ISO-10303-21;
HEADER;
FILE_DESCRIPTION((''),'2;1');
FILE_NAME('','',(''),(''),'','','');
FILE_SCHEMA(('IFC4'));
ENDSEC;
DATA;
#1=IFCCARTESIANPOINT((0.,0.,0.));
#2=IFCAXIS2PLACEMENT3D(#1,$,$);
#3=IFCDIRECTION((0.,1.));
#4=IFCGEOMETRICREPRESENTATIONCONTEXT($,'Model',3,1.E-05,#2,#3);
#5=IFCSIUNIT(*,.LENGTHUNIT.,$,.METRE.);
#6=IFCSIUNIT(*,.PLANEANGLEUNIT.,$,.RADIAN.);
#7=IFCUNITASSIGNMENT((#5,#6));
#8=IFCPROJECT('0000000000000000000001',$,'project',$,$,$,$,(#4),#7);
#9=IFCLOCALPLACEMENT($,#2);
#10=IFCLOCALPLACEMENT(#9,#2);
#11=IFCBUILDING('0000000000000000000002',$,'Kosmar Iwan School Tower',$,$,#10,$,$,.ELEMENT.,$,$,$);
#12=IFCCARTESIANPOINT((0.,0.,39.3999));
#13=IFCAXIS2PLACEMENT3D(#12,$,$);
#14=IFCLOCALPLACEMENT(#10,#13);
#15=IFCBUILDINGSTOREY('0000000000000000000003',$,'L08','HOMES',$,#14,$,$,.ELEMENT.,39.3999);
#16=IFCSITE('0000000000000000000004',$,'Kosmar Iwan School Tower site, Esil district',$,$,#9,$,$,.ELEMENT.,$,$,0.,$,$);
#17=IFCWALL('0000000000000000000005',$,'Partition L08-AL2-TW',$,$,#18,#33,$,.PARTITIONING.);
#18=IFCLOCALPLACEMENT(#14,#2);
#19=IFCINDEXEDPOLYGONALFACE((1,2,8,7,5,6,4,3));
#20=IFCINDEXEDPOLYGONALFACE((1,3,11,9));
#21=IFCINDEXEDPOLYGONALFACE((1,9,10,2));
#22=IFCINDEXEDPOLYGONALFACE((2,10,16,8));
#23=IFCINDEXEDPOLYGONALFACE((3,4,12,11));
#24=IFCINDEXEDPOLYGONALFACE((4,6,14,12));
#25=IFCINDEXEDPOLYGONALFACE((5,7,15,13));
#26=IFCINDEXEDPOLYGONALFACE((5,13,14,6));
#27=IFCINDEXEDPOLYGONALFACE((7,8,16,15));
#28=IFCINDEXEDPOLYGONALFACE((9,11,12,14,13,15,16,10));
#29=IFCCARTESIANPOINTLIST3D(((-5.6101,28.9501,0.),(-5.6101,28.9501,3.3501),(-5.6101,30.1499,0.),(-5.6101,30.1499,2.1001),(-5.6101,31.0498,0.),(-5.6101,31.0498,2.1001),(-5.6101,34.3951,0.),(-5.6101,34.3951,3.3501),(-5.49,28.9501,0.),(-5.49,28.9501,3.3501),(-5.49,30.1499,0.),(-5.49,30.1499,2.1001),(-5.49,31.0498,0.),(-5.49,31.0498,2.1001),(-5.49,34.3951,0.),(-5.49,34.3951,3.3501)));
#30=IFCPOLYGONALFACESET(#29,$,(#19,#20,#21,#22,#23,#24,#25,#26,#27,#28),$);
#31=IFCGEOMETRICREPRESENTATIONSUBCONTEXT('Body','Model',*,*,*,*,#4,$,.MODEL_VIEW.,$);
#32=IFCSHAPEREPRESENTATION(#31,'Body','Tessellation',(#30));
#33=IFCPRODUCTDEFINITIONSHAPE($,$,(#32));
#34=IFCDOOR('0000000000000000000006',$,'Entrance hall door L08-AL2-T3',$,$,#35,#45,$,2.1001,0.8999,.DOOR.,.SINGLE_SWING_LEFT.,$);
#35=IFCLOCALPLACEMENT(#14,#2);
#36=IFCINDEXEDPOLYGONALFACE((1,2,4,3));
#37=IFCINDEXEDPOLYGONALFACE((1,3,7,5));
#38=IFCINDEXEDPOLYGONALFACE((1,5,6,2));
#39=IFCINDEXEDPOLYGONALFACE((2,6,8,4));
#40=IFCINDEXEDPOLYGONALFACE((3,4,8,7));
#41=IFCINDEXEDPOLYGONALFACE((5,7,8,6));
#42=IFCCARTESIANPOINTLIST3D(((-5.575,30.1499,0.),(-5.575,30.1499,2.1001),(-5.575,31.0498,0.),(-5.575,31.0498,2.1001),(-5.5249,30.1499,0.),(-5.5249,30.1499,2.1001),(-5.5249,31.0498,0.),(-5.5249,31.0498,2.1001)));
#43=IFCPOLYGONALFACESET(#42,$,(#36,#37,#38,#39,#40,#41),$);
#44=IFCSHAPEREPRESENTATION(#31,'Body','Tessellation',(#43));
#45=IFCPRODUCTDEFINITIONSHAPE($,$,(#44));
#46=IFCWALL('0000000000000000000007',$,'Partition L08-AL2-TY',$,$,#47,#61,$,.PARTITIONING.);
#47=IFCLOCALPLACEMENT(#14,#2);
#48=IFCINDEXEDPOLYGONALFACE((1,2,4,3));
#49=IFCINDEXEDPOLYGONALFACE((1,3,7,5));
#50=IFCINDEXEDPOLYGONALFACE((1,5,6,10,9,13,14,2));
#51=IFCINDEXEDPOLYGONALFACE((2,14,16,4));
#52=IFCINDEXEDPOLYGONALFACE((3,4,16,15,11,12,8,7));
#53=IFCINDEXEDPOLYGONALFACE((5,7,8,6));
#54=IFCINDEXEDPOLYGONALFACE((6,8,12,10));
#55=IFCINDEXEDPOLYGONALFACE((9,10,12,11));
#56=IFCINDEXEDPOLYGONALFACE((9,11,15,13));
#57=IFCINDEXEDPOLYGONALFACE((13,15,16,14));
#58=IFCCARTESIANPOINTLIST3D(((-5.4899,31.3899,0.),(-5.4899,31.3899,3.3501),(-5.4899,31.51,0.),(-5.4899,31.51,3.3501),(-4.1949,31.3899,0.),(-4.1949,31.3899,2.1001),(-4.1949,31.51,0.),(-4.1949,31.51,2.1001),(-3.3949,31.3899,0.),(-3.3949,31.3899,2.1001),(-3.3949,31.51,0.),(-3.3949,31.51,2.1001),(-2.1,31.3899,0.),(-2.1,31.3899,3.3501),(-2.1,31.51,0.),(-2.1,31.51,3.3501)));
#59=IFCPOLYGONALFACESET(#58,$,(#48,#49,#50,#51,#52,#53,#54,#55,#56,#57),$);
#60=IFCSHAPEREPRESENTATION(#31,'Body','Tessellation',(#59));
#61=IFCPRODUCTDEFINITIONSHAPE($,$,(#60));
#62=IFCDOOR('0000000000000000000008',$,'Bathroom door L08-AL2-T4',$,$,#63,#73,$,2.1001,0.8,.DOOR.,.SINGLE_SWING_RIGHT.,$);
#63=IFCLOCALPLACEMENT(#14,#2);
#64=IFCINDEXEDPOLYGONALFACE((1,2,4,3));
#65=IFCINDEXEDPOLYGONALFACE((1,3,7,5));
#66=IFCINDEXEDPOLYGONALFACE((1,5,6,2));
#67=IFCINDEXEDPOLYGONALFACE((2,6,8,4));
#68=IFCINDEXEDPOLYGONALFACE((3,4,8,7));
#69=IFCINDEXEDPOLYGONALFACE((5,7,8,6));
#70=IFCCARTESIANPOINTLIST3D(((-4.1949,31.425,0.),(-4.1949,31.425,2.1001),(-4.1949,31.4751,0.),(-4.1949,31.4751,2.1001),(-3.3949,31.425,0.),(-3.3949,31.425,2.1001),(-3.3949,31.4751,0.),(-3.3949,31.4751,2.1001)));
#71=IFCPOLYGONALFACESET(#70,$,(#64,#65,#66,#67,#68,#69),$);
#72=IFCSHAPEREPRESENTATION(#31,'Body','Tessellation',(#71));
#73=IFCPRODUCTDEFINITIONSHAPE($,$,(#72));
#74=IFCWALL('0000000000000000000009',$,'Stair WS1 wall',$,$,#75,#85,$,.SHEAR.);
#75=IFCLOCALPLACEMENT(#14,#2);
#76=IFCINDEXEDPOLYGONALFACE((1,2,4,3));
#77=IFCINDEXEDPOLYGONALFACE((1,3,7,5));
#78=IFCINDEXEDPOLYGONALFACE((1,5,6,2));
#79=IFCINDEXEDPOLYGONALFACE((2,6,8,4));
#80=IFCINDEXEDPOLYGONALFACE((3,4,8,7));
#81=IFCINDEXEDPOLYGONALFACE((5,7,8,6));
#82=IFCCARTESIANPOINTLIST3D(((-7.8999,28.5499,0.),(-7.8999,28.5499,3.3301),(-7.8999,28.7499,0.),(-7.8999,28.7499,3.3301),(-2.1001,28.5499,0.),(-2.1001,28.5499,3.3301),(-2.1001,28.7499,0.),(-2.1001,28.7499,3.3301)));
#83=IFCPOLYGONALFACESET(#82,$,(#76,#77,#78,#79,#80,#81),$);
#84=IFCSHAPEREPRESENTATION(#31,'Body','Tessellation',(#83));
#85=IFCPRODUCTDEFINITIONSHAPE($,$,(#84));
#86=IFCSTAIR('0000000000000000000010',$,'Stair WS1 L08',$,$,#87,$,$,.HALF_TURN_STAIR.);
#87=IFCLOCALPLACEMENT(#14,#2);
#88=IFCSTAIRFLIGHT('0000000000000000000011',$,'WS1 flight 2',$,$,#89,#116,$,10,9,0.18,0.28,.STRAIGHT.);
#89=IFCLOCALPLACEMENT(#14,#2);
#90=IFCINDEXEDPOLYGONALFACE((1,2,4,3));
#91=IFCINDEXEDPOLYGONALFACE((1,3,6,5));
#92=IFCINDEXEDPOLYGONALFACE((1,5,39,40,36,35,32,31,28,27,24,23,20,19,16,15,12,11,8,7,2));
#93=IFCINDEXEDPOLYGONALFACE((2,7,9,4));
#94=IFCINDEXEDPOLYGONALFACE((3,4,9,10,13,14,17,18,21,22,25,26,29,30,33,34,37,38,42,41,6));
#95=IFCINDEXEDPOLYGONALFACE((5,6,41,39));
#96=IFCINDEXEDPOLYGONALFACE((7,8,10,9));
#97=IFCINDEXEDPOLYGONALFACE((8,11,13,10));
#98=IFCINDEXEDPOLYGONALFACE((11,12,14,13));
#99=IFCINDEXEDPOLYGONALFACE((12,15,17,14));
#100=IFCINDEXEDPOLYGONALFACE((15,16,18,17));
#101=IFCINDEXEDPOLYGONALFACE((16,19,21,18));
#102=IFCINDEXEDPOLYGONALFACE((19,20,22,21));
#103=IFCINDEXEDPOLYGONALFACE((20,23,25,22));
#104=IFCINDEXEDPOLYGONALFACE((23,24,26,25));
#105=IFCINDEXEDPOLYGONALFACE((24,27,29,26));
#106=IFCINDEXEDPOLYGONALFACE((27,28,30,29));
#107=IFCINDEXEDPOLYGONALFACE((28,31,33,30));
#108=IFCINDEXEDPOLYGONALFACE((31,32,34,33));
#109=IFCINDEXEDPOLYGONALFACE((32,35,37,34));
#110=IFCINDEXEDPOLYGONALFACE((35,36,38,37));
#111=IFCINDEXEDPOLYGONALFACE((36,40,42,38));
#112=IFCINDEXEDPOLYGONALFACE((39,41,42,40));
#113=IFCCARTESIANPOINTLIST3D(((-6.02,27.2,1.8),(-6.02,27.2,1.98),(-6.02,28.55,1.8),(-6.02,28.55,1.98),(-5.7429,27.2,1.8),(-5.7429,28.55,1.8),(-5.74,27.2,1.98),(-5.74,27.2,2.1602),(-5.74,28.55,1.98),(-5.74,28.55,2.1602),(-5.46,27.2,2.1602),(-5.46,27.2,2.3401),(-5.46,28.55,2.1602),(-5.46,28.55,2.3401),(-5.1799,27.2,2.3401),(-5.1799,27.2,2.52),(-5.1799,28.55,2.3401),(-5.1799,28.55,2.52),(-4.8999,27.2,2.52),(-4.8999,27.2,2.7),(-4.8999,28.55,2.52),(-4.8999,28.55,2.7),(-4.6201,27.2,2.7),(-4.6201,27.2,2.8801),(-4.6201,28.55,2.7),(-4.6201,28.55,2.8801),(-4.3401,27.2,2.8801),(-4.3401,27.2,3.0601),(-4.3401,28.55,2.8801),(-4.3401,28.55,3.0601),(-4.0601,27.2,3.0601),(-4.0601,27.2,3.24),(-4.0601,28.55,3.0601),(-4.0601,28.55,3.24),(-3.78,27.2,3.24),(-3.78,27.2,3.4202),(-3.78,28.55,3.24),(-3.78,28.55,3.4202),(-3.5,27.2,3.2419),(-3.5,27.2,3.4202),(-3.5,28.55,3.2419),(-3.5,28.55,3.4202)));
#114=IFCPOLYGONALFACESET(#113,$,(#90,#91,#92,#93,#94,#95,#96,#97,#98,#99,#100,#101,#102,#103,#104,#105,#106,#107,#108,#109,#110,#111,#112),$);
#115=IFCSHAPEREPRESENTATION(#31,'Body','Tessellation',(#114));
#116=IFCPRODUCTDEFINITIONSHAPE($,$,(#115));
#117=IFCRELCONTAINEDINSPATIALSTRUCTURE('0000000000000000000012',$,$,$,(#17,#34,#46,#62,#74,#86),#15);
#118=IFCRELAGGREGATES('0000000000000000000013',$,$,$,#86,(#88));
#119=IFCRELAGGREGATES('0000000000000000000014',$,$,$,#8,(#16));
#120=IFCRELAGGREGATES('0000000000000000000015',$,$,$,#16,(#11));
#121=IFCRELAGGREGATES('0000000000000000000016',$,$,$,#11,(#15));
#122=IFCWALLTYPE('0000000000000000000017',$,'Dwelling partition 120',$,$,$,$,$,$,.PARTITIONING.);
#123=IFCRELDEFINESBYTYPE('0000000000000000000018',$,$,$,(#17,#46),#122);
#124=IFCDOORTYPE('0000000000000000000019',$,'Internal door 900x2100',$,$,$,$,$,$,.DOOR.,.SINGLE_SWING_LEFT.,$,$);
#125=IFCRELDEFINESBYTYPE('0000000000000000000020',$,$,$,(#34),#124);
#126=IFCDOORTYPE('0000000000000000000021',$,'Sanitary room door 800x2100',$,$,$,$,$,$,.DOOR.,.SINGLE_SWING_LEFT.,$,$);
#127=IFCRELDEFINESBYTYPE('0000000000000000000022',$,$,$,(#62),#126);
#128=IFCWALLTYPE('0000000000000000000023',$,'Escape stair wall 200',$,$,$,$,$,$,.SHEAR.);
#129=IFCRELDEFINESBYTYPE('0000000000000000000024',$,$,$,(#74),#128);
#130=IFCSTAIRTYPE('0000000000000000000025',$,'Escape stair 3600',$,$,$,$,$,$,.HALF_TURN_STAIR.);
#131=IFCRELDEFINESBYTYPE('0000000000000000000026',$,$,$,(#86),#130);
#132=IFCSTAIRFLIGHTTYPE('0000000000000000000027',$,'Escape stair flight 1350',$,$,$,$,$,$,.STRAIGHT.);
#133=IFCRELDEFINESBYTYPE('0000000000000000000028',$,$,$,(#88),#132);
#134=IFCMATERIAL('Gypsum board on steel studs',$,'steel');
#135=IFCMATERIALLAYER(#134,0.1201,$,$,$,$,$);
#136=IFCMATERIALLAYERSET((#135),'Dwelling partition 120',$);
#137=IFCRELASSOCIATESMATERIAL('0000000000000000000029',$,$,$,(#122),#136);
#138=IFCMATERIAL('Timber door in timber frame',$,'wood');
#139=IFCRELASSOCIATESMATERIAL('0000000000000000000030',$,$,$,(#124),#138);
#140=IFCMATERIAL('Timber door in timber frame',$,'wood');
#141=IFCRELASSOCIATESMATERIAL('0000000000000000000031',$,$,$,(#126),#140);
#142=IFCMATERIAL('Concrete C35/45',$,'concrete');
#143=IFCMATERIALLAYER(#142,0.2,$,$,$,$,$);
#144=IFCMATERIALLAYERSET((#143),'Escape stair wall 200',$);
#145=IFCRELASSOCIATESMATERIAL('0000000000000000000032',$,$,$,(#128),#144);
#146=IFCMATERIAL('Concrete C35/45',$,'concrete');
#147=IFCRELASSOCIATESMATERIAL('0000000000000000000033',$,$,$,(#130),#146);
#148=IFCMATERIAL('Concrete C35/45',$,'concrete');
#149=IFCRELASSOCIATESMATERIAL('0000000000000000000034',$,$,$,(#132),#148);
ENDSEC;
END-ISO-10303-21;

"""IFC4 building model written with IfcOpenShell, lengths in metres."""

from ifc_helpers import new_model, si_unit, direction, frame, frame_2d, origin, place, context, subcontext, project, spatial, polyline, rectangle, outline, extrude, material, layer, layer_set, type_object, element, fill, aggregate, save


model = new_model("IFC4")

# Units and contexts
model_context = context("Model", 3, precision=1e-05, world=origin(), true_north=direction((0.0, 1.0)))
body_context = subcontext(model_context, "Body", "Model", "MODEL_VIEW")
ifc_project = project(units=[si_unit("LENGTHUNIT", "METRE"), si_unit("PLANEANGLEUNIT", "RADIAN")], contexts=[model_context])

# Site, building, storey
site_placement = place(None, origin())
site = spatial("IfcSite", under=ifc_project, at=site_placement, Name="Kosmar Iwan School Tower site, Esil district", CompositionType="ELEMENT", RefElevation=0.0)
building_placement = place(site_placement, origin())
building = spatial("IfcBuilding", under=site, at=building_placement, Name="Kosmar Iwan School Tower", CompositionType="ELEMENT")
storey_placement = place(building_placement, frame((0.0, 0.0, 39.3999)))
storey = spatial("IfcBuildingStorey", under=building, at=storey_placement, Name="L08", Description="HOMES", CompositionType="ELEMENT", Elevation=39.3999)

# Walls, openings, doors
ifc_material_1 = material(Name="Gypsum board on steel studs", Category="steel")
ifc_layer_1 = layer(ifc_material_1, 0.1201)
ifc_layer_set_1 = layer_set([ifc_layer_1], Name="Dwelling partition 120")
wall_type_1 = type_object("IfcWallType", Name="Dwelling partition 120", PredefinedType="PARTITIONING", material=ifc_layer_set_1)
ifc_material_2 = material(Name="Timber door in timber frame", Category="wood")
door_type_1 = type_object("IfcDoorType", Name="Internal door 900x2100", OperationType="SINGLE_SWING_LEFT", PredefinedType="DOOR", material=ifc_material_2)
wall_1_placement = place(storey_placement, frame((-5.55, 28.95, 0.0), z_axis=(0.0, 0.0, 1.0), x_axis=(0.0, 1.0, 0.0)))
wall_1 = element("IfcWall", 1, at=wall_1_placement, inside=storey, type_object=wall_type_1, Name="Partition L08-AL2-TW", PredefinedType="PARTITIONING", context=body_context, shape_type="SweptSolid", body=[
    extrude(rectangle(XDim=5.4451, YDim=0.1201, at=frame_2d((2.7227, 0.0))), origin(), (0.0, 0.0, 1.0), 3.3501),
])
opening_1_placement = place(wall_1_placement, frame((1.2, 0.0, 0.0)))
opening_1 = element("IfcOpeningElement", 2, at=opening_1_placement, cuts=wall_1, PredefinedType="OPENING", context=body_context, shape_type="SweptSolid", body=[
    extrude(rectangle(XDim=0.8999, YDim=2.1001, at=frame_2d((0.45, 1.05))), frame((0.0, 0.072, 0.0), z_axis=(0.0, -1.0, 0.0), x_axis=(1.0, 0.0, 0.0)), (0.0, 0.0, 1.0), 0.144),
])
door_1_placement = place(opening_1_placement, origin())
door_1 = element("IfcDoor", 3, at=door_1_placement, inside=storey, type_object=door_type_1, Name="Entrance hall door L08-AL2-T3", OperationType="SINGLE_SWING_LEFT", OverallHeight=2.1001, OverallWidth=0.8999, PredefinedType="DOOR", context=body_context, shape_type="SweptSolid", body=[
    extrude(rectangle(XDim=0.8999, YDim=2.1001, at=frame_2d((0.45, 1.05))), frame((0.0, 0.0249, 0.0), z_axis=(0.0, -1.0, 0.0), x_axis=(1.0, 0.0, 0.0)), (0.0, 0.0, 1.0), 0.05),
])
fill(opening_1, door_1)
wall_2_placement = place(storey_placement, frame((-2.1001, 31.45, 0.0), z_axis=(0.0, 0.0, 1.0), x_axis=(-1.0, 0.0, 0.0)))
wall_2 = element("IfcWall", 4, at=wall_2_placement, inside=storey, type_object=wall_type_1, Name="Partition L08-AL2-TY", PredefinedType="PARTITIONING", context=body_context, shape_type="SweptSolid", body=[
    extrude(rectangle(XDim=3.3899, YDim=0.1201, at=frame_2d((1.6948, 0.0))), origin(), (0.0, 0.0, 1.0), 3.3501),
])
opening_2_placement = place(wall_2_placement, frame((1.2949, 0.0, 0.0)))
opening_2 = element("IfcOpeningElement", 5, at=opening_2_placement, cuts=wall_2, PredefinedType="OPENING", context=body_context, shape_type="SweptSolid", body=[
    extrude(rectangle(XDim=0.8, YDim=2.1001, at=frame_2d((0.3999, 1.05))), frame((0.0, 0.072, 0.0), z_axis=(0.0, -1.0, 0.0), x_axis=(1.0, 0.0, 0.0)), (0.0, 0.0, 1.0), 0.144),
])
ifc_material_3 = material(Name="Timber door in timber frame", Category="wood")
door_type_2 = type_object("IfcDoorType", Name="Sanitary room door 800x2100", OperationType="SINGLE_SWING_LEFT", PredefinedType="DOOR", material=ifc_material_3)
door_2_placement = place(opening_2_placement, origin())
door_2 = element("IfcDoor", 6, at=door_2_placement, inside=storey, type_object=door_type_2, Name="Bathroom door L08-AL2-T4", OperationType="SINGLE_SWING_RIGHT", OverallHeight=2.1001, OverallWidth=0.8, PredefinedType="DOOR", context=body_context, shape_type="SweptSolid", body=[
    extrude(rectangle(XDim=0.8, YDim=2.1001, at=frame_2d((0.3999, 1.05))), frame((0.0, 0.0249, 0.0), z_axis=(0.0, -1.0, 0.0), x_axis=(1.0, 0.0, 0.0)), (0.0, 0.0, 1.0), 0.05),
])
fill(opening_2, door_2)

# Wall
ifc_material_4 = material(Name="Concrete C35/45", Category="concrete")
ifc_layer_2 = layer(ifc_material_4, 0.2)
ifc_layer_set_2 = layer_set([ifc_layer_2], Name="Escape stair wall 200")
wall_type_2 = type_object("IfcWallType", Name="Escape stair wall 200", PredefinedType="SHEAR", material=ifc_layer_set_2)
wall_3_placement = place(storey_placement, frame((-2.1001, 28.6499, 0.0), z_axis=(0.0, 0.0, 1.0), x_axis=(-1.0, 0.0, 0.0)))
element("IfcWall", 7, at=wall_3_placement, inside=storey, type_object=wall_type_2, Name="Stair WS1 wall", PredefinedType="SHEAR", context=body_context, shape_type="SweptSolid", body=[
    extrude(rectangle(XDim=5.7998, YDim=0.2, at=frame_2d((2.8999, 0.0))), origin(), (0.0, 0.0, 1.0), 3.3301),
])

# Stair, stair flight
ifc_material_5 = material(Name="Concrete C35/45", Category="concrete")
stair_type = type_object("IfcStairType", Name="Escape stair 3600", PredefinedType="HALF_TURN_STAIR", material=ifc_material_5)
stair_placement = place(storey_placement, origin())
stair = element("IfcStair", 8, at=stair_placement, inside=storey, type_object=stair_type, Name="Stair WS1 L08", PredefinedType="HALF_TURN_STAIR")
ifc_material_6 = material(Name="Concrete C35/45", Category="concrete")
stair_flight_type = type_object("IfcStairFlightType", Name="Escape stair flight 1350", PredefinedType="STRAIGHT", material=ifc_material_6)
stair_flight_placement = place(storey_placement, frame((-6.02, 27.875, 1.8), z_axis=(0.0, 0.0, 1.0), x_axis=(1.0, 0.0, 0.0)))
stair_flight = element("IfcStairFlight", 9, at=stair_flight_placement, type_object=stair_flight_type, Name="WS1 flight 2", NumberOfRisers=10, NumberOfTreads=9, PredefinedType="STRAIGHT", RiserHeight=0.18, TreadLength=0.28, context=body_context, shape_type="SweptSolid", body=[
    extrude(outline(polyline([(0.0, 0.0), (0.0, 0.1799), (0.28, 0.1799), (0.28, 0.3601), (0.5601, 0.3601), (0.5601, 0.54), (0.8401, 0.54), (0.8401, 0.72), (1.1201, 0.72), (1.1201, 0.8999), (1.3999, 0.8999), (1.3999, 1.0801), (1.6799, 1.0801), (1.6799, 1.26), (1.96, 1.26), (1.96, 1.4399), (2.24, 1.4399), (2.24, 1.6201), (2.52, 1.6201), (2.52, 1.8), (2.52, 1.4419), (0.2771, 0.0), (0.0, 0.0)])), frame((0.0, 0.675, 0.0), z_axis=(0.0, -1.0, 0.0), x_axis=(1.0, 0.0, 0.0)), (0.0, 0.0, 1.0), 1.3501),
])
aggregate(stair, [stair_flight])

save(model, "model.ifc")
